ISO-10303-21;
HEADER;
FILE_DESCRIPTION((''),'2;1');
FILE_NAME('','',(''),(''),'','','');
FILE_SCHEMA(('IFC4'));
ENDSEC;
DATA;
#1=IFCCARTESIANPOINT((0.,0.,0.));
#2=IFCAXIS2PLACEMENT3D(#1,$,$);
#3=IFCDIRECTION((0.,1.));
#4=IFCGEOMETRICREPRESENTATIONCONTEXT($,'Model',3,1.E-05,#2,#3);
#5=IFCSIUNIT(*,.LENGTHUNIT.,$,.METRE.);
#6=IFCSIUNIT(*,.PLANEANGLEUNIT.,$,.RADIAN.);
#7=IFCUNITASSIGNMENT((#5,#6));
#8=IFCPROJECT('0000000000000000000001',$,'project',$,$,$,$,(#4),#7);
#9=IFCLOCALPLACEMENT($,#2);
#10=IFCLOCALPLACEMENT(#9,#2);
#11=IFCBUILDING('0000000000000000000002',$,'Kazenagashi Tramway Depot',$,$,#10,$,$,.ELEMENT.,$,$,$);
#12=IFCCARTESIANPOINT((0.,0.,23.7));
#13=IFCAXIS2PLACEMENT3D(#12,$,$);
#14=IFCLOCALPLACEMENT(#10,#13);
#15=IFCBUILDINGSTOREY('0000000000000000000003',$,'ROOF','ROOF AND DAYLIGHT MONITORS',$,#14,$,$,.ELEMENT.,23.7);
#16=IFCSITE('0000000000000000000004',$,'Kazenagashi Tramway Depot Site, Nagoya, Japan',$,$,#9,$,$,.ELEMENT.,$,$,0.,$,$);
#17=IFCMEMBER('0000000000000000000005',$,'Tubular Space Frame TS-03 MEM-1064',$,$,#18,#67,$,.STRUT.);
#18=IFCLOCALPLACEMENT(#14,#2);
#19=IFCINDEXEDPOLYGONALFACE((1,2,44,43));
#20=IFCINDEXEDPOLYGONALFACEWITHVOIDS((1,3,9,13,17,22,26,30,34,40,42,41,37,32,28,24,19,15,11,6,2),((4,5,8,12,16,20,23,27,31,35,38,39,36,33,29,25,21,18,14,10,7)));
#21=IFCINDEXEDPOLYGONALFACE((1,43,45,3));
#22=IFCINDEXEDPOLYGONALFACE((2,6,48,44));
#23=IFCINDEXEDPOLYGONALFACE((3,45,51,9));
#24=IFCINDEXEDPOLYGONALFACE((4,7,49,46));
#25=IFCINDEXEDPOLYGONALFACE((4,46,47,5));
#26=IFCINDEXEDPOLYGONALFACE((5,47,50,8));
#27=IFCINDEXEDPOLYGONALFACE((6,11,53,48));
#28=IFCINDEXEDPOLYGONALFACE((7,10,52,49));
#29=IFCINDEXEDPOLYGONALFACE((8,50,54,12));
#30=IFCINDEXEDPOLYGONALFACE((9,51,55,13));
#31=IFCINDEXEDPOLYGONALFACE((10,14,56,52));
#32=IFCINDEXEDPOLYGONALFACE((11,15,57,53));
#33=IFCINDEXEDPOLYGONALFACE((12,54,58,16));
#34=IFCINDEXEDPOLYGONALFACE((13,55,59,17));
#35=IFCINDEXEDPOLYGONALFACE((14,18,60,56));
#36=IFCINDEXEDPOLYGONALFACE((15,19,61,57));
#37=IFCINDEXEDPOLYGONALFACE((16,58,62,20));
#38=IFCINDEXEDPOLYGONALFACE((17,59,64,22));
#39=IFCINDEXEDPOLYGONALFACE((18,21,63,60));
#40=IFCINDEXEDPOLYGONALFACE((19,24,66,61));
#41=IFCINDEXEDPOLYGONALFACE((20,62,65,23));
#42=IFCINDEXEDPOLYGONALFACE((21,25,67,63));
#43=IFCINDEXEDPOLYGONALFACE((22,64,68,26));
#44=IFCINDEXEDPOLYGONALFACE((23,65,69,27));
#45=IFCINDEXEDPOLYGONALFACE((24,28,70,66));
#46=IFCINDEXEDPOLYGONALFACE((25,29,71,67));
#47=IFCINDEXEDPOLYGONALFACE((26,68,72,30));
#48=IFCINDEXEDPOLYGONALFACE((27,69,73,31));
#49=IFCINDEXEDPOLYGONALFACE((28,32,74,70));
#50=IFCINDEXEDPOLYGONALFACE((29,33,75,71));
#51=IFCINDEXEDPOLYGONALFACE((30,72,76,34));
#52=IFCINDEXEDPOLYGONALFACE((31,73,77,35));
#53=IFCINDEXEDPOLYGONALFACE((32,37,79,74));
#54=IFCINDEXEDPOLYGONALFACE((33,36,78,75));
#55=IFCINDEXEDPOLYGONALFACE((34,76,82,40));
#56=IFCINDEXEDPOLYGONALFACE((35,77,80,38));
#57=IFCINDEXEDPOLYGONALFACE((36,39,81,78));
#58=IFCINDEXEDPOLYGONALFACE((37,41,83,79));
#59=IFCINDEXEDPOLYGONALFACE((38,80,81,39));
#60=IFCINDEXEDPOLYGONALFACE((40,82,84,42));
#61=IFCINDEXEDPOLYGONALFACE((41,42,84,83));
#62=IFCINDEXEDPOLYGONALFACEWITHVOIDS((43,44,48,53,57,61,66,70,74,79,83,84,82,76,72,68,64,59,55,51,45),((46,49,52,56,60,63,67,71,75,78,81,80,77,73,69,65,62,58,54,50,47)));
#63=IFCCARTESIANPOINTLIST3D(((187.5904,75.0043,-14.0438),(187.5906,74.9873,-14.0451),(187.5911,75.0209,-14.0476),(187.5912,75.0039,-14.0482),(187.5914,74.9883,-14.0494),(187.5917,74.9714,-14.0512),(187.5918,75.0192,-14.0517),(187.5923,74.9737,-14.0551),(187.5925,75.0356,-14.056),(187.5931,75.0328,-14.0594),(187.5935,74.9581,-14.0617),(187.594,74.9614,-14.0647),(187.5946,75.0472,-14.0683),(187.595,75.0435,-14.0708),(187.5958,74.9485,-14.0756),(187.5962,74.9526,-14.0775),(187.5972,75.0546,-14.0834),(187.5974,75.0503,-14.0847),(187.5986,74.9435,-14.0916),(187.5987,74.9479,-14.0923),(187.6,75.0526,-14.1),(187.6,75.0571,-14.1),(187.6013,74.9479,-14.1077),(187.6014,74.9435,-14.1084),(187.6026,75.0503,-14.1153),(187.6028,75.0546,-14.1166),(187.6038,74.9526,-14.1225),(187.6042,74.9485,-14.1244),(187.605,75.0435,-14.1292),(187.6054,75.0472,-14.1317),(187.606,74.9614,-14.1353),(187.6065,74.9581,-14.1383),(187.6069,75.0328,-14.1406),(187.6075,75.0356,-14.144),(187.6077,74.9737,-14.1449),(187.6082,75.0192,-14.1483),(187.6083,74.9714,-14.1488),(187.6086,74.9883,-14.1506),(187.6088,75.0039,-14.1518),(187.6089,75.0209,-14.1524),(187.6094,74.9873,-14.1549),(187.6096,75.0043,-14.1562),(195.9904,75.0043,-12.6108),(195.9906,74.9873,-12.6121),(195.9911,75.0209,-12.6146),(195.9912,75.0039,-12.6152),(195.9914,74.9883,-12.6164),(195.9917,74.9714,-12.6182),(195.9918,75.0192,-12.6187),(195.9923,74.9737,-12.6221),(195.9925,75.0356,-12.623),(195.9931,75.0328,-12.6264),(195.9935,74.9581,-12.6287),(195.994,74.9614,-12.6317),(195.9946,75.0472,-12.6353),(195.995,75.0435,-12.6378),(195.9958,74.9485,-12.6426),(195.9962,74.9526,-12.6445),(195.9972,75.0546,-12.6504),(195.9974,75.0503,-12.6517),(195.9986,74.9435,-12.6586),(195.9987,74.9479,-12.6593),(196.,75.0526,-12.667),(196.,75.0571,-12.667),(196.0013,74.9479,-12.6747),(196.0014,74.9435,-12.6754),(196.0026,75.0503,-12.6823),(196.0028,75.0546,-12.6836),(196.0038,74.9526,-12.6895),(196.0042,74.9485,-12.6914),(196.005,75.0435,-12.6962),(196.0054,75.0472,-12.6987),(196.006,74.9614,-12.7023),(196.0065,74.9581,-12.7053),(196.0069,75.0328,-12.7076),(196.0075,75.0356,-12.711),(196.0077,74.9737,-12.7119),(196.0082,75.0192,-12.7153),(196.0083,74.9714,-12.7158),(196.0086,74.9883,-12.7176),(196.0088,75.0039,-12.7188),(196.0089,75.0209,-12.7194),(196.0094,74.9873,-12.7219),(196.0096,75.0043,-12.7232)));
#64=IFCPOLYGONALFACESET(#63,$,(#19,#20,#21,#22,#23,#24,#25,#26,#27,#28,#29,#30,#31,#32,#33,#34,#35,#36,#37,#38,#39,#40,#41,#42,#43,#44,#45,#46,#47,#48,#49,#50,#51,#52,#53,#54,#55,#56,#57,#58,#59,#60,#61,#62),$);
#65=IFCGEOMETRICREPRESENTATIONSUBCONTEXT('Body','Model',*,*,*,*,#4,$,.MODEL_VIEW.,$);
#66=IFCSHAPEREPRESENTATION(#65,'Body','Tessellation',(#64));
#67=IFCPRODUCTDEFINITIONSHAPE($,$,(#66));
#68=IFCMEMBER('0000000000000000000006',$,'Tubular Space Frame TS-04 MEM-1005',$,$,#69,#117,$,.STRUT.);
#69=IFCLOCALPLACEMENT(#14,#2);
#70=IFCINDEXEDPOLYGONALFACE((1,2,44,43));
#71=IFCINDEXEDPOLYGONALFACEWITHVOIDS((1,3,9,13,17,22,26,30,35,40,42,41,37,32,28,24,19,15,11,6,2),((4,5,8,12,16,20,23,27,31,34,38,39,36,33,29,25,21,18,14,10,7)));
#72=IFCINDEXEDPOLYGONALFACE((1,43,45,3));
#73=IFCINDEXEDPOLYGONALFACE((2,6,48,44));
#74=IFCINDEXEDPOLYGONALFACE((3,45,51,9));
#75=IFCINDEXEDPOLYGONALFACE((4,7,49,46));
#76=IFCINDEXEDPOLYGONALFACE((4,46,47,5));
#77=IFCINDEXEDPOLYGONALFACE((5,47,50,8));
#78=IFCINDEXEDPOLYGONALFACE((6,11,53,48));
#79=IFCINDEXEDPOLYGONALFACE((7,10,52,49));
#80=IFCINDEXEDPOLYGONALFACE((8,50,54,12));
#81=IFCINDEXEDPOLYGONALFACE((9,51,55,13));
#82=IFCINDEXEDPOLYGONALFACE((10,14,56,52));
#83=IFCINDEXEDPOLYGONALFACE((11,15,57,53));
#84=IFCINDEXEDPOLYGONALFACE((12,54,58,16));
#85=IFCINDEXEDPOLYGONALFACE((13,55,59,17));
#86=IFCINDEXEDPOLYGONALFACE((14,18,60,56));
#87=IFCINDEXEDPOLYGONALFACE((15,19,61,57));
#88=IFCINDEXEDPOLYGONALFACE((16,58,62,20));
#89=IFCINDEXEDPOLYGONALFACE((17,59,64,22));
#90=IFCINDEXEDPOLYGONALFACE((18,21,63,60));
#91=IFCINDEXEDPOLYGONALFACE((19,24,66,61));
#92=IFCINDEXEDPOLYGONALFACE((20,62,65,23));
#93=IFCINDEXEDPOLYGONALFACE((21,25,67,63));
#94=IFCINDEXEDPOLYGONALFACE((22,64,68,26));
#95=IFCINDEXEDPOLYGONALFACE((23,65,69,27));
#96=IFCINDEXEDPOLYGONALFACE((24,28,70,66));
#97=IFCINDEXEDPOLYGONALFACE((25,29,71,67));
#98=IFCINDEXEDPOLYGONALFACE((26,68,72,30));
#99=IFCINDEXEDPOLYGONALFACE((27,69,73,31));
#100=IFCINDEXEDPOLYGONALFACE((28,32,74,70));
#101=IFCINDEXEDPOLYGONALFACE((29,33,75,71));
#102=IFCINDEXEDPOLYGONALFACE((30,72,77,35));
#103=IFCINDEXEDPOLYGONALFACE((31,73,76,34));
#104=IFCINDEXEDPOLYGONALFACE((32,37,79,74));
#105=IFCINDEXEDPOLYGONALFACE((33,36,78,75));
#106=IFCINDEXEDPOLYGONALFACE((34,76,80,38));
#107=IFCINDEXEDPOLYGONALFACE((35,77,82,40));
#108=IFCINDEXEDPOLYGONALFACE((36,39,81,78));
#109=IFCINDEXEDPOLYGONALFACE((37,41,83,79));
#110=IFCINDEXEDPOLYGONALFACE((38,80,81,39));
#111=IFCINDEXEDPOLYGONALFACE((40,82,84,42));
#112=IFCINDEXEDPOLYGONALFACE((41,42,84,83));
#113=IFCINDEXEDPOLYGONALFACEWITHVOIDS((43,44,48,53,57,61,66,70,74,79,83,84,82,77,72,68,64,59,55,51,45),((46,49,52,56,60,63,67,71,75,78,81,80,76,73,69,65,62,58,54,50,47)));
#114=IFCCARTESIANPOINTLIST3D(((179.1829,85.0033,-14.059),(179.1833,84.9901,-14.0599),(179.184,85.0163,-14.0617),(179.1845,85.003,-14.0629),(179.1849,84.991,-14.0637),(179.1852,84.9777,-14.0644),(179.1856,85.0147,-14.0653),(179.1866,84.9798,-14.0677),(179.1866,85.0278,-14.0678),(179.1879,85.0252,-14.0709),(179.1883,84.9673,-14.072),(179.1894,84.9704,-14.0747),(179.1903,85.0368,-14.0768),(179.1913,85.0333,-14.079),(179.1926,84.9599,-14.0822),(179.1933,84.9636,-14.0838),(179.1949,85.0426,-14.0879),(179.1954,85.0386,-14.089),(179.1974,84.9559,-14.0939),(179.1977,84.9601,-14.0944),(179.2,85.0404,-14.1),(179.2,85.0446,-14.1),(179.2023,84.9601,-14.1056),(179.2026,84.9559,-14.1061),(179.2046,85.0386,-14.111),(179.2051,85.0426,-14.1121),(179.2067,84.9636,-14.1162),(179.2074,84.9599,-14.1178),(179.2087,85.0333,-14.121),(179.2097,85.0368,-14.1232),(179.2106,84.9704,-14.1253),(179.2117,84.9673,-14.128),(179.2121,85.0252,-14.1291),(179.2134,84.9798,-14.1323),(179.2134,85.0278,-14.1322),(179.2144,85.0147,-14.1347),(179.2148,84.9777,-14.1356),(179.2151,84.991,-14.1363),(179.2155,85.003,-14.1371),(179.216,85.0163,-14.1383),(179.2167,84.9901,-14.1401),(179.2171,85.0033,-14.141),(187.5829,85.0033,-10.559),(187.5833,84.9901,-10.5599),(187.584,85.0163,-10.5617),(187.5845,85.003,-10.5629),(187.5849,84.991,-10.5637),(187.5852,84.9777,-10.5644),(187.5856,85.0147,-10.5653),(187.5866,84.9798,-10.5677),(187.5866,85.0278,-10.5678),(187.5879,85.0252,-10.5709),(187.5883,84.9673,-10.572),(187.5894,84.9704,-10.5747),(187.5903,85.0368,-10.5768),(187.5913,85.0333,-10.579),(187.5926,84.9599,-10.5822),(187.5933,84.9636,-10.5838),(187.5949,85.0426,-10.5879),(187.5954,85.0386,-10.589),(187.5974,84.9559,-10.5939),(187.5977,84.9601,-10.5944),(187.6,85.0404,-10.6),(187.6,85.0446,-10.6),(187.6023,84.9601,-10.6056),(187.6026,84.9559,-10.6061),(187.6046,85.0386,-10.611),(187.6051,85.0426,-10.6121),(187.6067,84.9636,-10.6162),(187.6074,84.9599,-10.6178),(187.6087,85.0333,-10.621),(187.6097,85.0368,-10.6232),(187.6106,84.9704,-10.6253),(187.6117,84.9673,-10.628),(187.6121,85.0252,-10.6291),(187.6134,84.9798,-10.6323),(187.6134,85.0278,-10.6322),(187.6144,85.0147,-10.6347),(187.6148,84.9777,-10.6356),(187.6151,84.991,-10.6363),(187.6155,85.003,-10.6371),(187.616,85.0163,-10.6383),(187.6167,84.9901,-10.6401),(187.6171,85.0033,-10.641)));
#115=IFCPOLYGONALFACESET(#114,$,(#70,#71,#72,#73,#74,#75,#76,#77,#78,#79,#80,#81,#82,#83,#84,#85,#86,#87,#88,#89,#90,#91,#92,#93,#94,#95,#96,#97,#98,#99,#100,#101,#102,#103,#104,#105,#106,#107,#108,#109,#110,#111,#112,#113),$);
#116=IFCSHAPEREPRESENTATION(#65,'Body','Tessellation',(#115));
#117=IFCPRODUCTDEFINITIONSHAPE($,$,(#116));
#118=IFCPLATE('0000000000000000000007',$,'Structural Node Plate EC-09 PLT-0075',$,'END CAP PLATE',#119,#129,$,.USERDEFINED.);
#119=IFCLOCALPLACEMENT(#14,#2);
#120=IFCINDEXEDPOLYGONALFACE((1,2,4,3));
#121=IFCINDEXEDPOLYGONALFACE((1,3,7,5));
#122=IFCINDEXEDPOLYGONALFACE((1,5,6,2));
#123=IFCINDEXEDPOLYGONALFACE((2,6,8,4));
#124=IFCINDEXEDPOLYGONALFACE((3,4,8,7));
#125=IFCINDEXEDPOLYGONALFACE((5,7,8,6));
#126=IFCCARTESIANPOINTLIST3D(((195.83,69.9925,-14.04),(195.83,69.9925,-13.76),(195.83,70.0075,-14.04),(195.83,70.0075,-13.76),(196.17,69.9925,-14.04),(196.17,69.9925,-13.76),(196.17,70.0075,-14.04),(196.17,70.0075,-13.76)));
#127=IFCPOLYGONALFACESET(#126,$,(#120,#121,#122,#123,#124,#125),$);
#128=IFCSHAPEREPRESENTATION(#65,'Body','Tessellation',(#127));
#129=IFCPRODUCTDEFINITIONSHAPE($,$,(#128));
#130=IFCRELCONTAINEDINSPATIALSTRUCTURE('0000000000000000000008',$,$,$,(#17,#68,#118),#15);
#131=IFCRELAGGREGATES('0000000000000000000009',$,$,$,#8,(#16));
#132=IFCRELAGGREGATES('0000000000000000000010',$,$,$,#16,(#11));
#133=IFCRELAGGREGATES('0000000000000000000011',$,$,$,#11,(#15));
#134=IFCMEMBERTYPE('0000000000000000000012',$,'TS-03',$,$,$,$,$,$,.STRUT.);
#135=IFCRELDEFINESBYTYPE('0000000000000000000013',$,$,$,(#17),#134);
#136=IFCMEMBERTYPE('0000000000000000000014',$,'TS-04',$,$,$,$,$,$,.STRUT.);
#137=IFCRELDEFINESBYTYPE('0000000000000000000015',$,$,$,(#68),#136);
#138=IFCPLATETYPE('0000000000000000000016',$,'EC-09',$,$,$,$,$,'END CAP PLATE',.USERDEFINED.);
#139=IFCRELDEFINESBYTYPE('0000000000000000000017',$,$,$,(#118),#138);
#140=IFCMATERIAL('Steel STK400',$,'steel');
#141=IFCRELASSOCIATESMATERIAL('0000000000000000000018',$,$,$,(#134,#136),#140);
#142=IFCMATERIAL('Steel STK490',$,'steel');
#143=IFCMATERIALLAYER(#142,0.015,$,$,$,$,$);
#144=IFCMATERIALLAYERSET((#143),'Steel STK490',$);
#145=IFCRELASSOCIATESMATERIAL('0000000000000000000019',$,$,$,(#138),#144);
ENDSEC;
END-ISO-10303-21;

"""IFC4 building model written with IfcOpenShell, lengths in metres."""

from ifc_helpers import new_model, si_unit, direction, frame, origin, origin_2d, place, context, subcontext, project, spatial, rectangle, hollow_circle, extrude, material, layer, layer_set, material_profile, profile_set, type_object, element, save


model = new_model("IFC4")

# Units and contexts
model_context = context("Model", 3, precision=1e-05, world=origin(), true_north=direction((0.0, 1.0)))
body_context = subcontext(model_context, "Body", "Model", "MODEL_VIEW")
ifc_project = project(units=[si_unit("LENGTHUNIT", "METRE"), si_unit("PLANEANGLEUNIT", "RADIAN")], contexts=[model_context])

# Site, building, storey
site_placement = place(None, origin())
site = spatial("IfcSite", under=ifc_project, at=site_placement, Name="Kazenagashi Tramway Depot Site, Nagoya, Japan", CompositionType="ELEMENT", RefElevation=0.0)
building_placement = place(site_placement, origin())
building = spatial("IfcBuilding", under=site, at=building_placement, Name="Kazenagashi Tramway Depot", CompositionType="ELEMENT")
storey_placement = place(building_placement, frame((0.0, 0.0, 23.7)))
storey = spatial("IfcBuildingStorey", under=building, at=storey_placement, Name="ROOF", Description="ROOF AND DAYLIGHT MONITORS", CompositionType="ELEMENT", Elevation=23.7)

# Members
ifc_material_1 = material(Name="Steel STK490", Category="steel")
ifc_material_2 = material(Name="Steel STK400", Category="steel")
ifc_material_profile_1 = material_profile(ifc_material_2, hollow_circle(Radius=0.0571, WallThickness=0.0045, at=origin_2d()), Name="CHS-114.3x4.5")
ifc_profile_set_1 = profile_set([ifc_material_profile_1], Name="Steel STK400")
member_type_1 = type_object("IfcMemberType", Name="TS-03", PredefinedType="STRUT", material=ifc_profile_set_1)
for number, where, z_axis, x_axis, name in (
    (1, (187.6, 75.0, -14.1), (0.985759, 0.0, 0.168166), (0.0, 1.0, 0.0), "Tubular Space Frame TS-03 MEM-1064"),
):
    element("IfcMember", number, at=place(storey_placement, frame(where, z_axis=z_axis, x_axis=x_axis)), inside=storey, type_object=member_type_1, Name=name, PredefinedType="STRUT", context=body_context, shape_type="SweptSolid", body=[
        extrude(hollow_circle(Radius=0.0571, WallThickness=0.0045, at=origin_2d()), origin(), (0.0, 0.0, 1.0), 8.5214),
    ])
ifc_material_profile_2 = material_profile(ifc_material_2, hollow_circle(Radius=0.0445, WallThickness=0.0042, at=origin_2d()), Name="CHS-89.1x4.2")
ifc_profile_set_2 = profile_set([ifc_material_profile_2], Name="Steel STK400")
member_type_2 = type_object("IfcMemberType", Name="TS-04", PredefinedType="STRUT", material=ifc_profile_set_2)
member_1_placement = place(storey_placement, frame((179.2, 85.0, -14.1), z_axis=(0.923077, 0.0, 0.384615), x_axis=(0.0, 1.0, 0.0)))
element("IfcMember", 2, at=member_1_placement, inside=storey, type_object=member_type_2, Name="Tubular Space Frame TS-04 MEM-1005", PredefinedType="STRUT", context=body_context, shape_type="SweptSolid", body=[
    extrude(hollow_circle(Radius=0.0445, WallThickness=0.0042, at=origin_2d()), origin(), (0.0, 0.0, 1.0), 9.1),
])

# Plate
ifc_layer = layer(ifc_material_1, 0.015)
ifc_layer_set = layer_set([ifc_layer], Name="Steel STK490")
plate_type = type_object("IfcPlateType", Name="EC-09", ElementType="END CAP PLATE", PredefinedType="USERDEFINED", material=ifc_layer_set)
plate_placement = place(storey_placement, frame((196.0, 70.0, -14.04), z_axis=(0.0, 0.0, 1.0), x_axis=(1.0, 0.0, 0.0)))
element("IfcPlate", 3, at=plate_placement, inside=storey, type_object=plate_type, Name="Structural Node Plate EC-09 PLT-0075", ObjectType="END CAP PLATE", PredefinedType="USERDEFINED", context=body_context, shape_type="SweptSolid", body=[
    extrude(rectangle(XDim=0.34, YDim=0.015, at=origin_2d()), origin(), (0.0, 0.0, 1.0), 0.28),
])

save(model, "model.ifc")
